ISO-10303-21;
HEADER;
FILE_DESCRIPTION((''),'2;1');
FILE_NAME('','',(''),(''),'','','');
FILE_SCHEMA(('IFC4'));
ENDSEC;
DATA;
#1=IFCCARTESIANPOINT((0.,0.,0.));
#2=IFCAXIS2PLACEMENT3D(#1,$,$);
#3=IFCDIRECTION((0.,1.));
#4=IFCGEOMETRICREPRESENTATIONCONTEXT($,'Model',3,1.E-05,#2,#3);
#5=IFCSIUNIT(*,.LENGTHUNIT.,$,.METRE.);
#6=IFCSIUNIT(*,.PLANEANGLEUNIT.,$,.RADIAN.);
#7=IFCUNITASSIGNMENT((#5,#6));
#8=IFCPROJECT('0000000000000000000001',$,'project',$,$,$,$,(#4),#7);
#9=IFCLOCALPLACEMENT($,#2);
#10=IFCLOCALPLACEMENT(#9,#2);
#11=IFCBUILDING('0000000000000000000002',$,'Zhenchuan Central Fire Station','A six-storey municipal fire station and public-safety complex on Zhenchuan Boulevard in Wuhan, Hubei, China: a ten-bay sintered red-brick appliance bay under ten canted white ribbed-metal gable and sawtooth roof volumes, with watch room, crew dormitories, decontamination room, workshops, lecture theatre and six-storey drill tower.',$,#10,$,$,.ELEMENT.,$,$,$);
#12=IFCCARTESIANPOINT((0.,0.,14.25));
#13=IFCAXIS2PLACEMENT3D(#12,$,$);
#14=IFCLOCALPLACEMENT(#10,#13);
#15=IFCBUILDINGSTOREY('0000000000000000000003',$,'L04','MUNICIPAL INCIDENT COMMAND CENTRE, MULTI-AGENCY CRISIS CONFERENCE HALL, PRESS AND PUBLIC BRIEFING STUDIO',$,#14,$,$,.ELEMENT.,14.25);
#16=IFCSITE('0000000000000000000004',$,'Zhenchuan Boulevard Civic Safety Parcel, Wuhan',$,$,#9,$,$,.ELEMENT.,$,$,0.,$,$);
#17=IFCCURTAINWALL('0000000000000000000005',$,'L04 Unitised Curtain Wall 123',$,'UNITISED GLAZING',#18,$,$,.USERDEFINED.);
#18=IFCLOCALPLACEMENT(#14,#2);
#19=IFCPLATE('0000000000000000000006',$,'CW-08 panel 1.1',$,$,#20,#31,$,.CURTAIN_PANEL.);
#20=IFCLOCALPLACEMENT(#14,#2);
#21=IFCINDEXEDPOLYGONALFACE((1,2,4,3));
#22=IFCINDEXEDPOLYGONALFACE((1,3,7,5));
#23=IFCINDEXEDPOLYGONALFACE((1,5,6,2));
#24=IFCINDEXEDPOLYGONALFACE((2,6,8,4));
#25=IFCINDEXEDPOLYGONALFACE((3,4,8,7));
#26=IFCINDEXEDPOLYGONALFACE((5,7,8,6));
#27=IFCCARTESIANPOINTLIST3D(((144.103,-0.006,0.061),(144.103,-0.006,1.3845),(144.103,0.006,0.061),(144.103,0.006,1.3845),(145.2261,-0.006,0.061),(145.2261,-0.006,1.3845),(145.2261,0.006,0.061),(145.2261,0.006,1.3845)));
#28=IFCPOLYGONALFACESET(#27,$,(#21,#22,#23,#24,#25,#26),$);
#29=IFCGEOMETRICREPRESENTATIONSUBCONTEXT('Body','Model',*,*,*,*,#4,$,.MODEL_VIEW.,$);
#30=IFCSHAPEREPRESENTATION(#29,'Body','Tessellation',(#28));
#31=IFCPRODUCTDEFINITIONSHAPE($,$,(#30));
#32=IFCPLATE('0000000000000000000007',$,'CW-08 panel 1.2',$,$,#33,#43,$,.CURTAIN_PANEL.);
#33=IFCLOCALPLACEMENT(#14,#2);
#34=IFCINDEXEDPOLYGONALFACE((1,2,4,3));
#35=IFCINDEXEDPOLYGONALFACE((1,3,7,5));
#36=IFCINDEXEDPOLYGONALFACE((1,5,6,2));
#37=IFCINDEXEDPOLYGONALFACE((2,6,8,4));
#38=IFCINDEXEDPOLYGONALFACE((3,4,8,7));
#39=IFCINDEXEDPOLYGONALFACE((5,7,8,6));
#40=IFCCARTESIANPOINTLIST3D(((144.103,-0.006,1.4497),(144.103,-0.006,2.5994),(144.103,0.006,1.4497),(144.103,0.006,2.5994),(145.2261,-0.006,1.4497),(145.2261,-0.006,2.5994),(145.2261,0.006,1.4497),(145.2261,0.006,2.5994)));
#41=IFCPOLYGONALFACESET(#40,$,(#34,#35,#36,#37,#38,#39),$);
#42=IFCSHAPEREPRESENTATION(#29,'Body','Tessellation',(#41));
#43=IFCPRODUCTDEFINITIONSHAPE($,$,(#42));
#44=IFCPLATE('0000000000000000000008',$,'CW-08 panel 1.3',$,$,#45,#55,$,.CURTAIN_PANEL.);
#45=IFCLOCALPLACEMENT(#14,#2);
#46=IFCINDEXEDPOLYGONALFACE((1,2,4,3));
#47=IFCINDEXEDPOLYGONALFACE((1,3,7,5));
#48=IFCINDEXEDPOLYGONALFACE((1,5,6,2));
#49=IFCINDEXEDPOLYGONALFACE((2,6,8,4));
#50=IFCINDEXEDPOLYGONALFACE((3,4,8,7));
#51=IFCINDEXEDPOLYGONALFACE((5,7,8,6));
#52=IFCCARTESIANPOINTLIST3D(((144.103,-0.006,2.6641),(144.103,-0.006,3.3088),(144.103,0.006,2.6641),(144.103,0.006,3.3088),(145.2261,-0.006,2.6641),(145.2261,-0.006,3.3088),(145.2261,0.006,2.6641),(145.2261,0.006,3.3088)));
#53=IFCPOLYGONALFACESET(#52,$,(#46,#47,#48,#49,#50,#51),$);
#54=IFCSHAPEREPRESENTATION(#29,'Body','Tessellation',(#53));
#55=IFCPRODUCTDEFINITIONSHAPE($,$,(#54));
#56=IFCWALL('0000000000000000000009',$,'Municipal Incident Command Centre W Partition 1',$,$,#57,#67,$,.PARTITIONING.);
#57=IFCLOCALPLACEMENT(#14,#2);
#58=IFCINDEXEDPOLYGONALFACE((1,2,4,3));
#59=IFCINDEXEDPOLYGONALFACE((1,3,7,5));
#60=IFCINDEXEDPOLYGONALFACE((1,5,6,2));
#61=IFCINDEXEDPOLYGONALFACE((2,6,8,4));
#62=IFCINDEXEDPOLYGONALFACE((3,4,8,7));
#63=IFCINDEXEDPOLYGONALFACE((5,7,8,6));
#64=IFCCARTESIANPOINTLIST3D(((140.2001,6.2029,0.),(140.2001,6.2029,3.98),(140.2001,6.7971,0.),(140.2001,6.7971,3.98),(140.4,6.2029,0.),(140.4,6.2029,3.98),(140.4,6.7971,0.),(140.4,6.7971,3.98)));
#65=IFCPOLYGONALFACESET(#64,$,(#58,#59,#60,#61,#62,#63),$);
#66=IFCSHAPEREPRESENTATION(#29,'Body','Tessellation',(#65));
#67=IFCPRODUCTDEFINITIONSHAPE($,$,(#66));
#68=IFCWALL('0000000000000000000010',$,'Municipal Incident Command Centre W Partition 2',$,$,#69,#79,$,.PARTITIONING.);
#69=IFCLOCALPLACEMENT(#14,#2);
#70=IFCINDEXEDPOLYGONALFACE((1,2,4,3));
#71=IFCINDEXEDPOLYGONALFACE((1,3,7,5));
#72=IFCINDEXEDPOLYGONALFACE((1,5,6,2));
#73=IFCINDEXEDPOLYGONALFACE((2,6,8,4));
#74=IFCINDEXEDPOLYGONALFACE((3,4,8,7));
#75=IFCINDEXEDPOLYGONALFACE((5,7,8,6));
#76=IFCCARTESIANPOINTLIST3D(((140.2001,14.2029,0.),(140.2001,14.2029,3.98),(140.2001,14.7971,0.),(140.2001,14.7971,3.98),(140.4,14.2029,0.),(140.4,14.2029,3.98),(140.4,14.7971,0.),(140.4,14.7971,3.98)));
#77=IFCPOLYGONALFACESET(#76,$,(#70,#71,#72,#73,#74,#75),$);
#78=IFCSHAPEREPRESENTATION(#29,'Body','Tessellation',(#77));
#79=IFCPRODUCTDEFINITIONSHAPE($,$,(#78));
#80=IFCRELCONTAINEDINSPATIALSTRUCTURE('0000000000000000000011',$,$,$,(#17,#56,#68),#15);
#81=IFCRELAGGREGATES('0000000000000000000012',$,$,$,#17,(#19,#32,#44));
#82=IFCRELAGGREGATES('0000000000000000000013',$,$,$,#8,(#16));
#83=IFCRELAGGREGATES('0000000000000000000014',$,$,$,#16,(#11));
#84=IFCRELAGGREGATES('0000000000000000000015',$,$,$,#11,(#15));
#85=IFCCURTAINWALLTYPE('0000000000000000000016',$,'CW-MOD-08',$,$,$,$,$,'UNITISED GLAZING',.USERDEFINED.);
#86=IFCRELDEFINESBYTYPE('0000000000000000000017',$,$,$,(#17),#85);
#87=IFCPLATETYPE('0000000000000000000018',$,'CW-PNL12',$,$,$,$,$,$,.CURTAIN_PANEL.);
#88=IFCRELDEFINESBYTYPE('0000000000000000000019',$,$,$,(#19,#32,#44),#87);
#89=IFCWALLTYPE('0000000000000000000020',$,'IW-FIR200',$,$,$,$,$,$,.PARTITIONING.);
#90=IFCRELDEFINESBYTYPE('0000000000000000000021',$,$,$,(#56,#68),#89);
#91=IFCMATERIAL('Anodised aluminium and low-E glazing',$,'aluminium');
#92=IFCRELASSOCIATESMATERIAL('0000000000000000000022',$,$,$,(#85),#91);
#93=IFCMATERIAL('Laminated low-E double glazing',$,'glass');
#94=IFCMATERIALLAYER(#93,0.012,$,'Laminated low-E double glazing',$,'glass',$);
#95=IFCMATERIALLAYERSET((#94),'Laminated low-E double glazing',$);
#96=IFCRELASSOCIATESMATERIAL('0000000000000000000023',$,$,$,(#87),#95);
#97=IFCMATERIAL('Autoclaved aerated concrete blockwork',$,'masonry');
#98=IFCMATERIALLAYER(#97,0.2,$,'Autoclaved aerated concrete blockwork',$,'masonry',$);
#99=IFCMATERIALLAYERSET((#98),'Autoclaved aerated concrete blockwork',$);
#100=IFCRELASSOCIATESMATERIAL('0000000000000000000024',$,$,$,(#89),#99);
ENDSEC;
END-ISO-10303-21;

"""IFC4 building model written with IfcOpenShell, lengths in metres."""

from ifc_helpers import new_model, si_unit, direction, frame, frame_2d, origin, origin_2d, place, context, subcontext, project, spatial, rectangle, extrude, material, layer, layer_set, type_object, element, aggregate, save


model = new_model("IFC4")

# Units and contexts
model_context = context("Model", 3, precision=1e-05, world=origin(), true_north=direction((0.0, 1.0)))
body_context = subcontext(model_context, "Body", "Model", "MODEL_VIEW")
ifc_project = project(units=[si_unit("LENGTHUNIT", "METRE"), si_unit("PLANEANGLEUNIT", "RADIAN")], contexts=[model_context])

# Site, building, storey
site_placement = place(None, origin())
site = spatial("IfcSite", under=ifc_project, at=site_placement, Name="Zhenchuan Boulevard Civic Safety Parcel, Wuhan", CompositionType="ELEMENT", RefElevation=0.0)
building_placement = place(site_placement, origin())
building = spatial("IfcBuilding", under=site, at=building_placement, Name="Zhenchuan Central Fire Station", Description="A six-storey municipal fire station and public-safety complex on Zhenchuan Boulevard in Wuhan, Hubei, China: a ten-bay sintered red-brick appliance bay under ten canted white ribbed-metal gable and sawtooth roof volumes, with watch room, crew dormitories, decontamination room, workshops, lecture theatre and six-storey drill tower.", CompositionType="ELEMENT")
storey_placement = place(building_placement, frame((0.0, 0.0, 14.25)))
storey = spatial("IfcBuildingStorey", under=building, at=storey_placement, Name="L04", Description="MUNICIPAL INCIDENT COMMAND CENTRE, MULTI-AGENCY CRISIS CONFERENCE HALL, PRESS AND PUBLIC BRIEFING STUDIO", CompositionType="ELEMENT", Elevation=14.25)

# Shared definitions
ifc_material_1 = material(Name="Anodised aluminium and low-E glazing", Category="aluminium")

# Curtain wall
curtain_wall_type_1 = type_object("IfcCurtainWallType", Name="CW-MOD-08", ElementType="UNITISED GLAZING", PredefinedType="USERDEFINED", material=ifc_material_1)
curtain_wall_1_placement = place(storey_placement, origin())
curtain_wall_1 = element("IfcCurtainWall", 1, at=curtain_wall_1_placement, inside=storey, type_object=curtain_wall_type_1, Name="L04 Unitised Curtain Wall 123", ObjectType="UNITISED GLAZING", PredefinedType="USERDEFINED")

# Plates
ifc_material_2 = material(Name="Laminated low-E double glazing", Category="glass")
ifc_layer_1 = layer(ifc_material_2, 0.012, Name="Laminated low-E double glazing", Category="glass")
ifc_layer_set_1 = layer_set([ifc_layer_1], Name="Laminated low-E double glazing")
plate_type = type_object("IfcPlateType", Name="CW-PNL12", PredefinedType="CURTAIN_PANEL", material=ifc_layer_set_1)
plate_1_placement = place(storey_placement, frame((144.6646, 0.0, 0.061), z_axis=(0.0, 0.0, 1.0), x_axis=(1.0, 0.0, 0.0)))
plate_1 = element("IfcPlate", 2, at=plate_1_placement, type_object=plate_type, Name="CW-08 panel 1.1", PredefinedType="CURTAIN_PANEL", context=body_context, shape_type="SweptSolid", body=[
    extrude(rectangle(XDim=1.123, YDim=0.012, at=origin_2d()), origin(), (0.0, 0.0, 1.0), 1.3235),
])
plate_2_placement = place(storey_placement, frame((144.6646, 0.0, 1.4497), z_axis=(0.0, 0.0, 1.0), x_axis=(1.0, 0.0, 0.0)))
plate_2 = element("IfcPlate", 3, at=plate_2_placement, type_object=plate_type, Name="CW-08 panel 1.2", PredefinedType="CURTAIN_PANEL", context=body_context, shape_type="SweptSolid", body=[
    extrude(rectangle(XDim=1.123, YDim=0.012, at=origin_2d()), origin(), (0.0, 0.0, 1.0), 1.1497),
])
plate_3_placement = place(storey_placement, frame((144.6646, 0.0, 2.6641), z_axis=(0.0, 0.0, 1.0), x_axis=(1.0, 0.0, 0.0)))
plate_3 = element("IfcPlate", 4, at=plate_3_placement, type_object=plate_type, Name="CW-08 panel 1.3", PredefinedType="CURTAIN_PANEL", context=body_context, shape_type="SweptSolid", body=[
    extrude(rectangle(XDim=1.123, YDim=0.012, at=origin_2d()), origin(), (0.0, 0.0, 1.0), 0.6448),
])
aggregate(curtain_wall_1, [plate_1, plate_2, plate_3])

# Walls
ifc_material_3 = material(Name="Autoclaved aerated concrete blockwork", Category="masonry")
ifc_layer_2 = layer(ifc_material_3, 0.2, Name="Autoclaved aerated concrete blockwork", Category="masonry")
ifc_layer_set_2 = layer_set([ifc_layer_2], Name="Autoclaved aerated concrete blockwork")
wall_type = type_object("IfcWallType", Name="IW-FIR200", PredefinedType="PARTITIONING", material=ifc_layer_set_2)
for number, where, z_axis, x_axis, name in (
    (5, (140.3, 6.2029, 0.0), (0.0, 0.0, 1.0), (0.0, 1.0, 0.0), "Municipal Incident Command Centre W Partition 1"),
    (6, (140.3, 14.2029, 0.0), (0.0, 0.0, 1.0), (0.0, 1.0, 0.0), "Municipal Incident Command Centre W Partition 2"),
):
    element("IfcWall", number, at=place(storey_placement, frame(where, z_axis=z_axis, x_axis=x_axis)), inside=storey, type_object=wall_type, Name=name, PredefinedType="PARTITIONING", context=body_context, shape_type="SweptSolid", body=[
        extrude(rectangle(XDim=0.5942, YDim=0.2, at=frame_2d((0.2971, 0.0))), origin(), (0.0, 0.0, 1.0), 3.98),
    ])

save(model, "model.ifc")
